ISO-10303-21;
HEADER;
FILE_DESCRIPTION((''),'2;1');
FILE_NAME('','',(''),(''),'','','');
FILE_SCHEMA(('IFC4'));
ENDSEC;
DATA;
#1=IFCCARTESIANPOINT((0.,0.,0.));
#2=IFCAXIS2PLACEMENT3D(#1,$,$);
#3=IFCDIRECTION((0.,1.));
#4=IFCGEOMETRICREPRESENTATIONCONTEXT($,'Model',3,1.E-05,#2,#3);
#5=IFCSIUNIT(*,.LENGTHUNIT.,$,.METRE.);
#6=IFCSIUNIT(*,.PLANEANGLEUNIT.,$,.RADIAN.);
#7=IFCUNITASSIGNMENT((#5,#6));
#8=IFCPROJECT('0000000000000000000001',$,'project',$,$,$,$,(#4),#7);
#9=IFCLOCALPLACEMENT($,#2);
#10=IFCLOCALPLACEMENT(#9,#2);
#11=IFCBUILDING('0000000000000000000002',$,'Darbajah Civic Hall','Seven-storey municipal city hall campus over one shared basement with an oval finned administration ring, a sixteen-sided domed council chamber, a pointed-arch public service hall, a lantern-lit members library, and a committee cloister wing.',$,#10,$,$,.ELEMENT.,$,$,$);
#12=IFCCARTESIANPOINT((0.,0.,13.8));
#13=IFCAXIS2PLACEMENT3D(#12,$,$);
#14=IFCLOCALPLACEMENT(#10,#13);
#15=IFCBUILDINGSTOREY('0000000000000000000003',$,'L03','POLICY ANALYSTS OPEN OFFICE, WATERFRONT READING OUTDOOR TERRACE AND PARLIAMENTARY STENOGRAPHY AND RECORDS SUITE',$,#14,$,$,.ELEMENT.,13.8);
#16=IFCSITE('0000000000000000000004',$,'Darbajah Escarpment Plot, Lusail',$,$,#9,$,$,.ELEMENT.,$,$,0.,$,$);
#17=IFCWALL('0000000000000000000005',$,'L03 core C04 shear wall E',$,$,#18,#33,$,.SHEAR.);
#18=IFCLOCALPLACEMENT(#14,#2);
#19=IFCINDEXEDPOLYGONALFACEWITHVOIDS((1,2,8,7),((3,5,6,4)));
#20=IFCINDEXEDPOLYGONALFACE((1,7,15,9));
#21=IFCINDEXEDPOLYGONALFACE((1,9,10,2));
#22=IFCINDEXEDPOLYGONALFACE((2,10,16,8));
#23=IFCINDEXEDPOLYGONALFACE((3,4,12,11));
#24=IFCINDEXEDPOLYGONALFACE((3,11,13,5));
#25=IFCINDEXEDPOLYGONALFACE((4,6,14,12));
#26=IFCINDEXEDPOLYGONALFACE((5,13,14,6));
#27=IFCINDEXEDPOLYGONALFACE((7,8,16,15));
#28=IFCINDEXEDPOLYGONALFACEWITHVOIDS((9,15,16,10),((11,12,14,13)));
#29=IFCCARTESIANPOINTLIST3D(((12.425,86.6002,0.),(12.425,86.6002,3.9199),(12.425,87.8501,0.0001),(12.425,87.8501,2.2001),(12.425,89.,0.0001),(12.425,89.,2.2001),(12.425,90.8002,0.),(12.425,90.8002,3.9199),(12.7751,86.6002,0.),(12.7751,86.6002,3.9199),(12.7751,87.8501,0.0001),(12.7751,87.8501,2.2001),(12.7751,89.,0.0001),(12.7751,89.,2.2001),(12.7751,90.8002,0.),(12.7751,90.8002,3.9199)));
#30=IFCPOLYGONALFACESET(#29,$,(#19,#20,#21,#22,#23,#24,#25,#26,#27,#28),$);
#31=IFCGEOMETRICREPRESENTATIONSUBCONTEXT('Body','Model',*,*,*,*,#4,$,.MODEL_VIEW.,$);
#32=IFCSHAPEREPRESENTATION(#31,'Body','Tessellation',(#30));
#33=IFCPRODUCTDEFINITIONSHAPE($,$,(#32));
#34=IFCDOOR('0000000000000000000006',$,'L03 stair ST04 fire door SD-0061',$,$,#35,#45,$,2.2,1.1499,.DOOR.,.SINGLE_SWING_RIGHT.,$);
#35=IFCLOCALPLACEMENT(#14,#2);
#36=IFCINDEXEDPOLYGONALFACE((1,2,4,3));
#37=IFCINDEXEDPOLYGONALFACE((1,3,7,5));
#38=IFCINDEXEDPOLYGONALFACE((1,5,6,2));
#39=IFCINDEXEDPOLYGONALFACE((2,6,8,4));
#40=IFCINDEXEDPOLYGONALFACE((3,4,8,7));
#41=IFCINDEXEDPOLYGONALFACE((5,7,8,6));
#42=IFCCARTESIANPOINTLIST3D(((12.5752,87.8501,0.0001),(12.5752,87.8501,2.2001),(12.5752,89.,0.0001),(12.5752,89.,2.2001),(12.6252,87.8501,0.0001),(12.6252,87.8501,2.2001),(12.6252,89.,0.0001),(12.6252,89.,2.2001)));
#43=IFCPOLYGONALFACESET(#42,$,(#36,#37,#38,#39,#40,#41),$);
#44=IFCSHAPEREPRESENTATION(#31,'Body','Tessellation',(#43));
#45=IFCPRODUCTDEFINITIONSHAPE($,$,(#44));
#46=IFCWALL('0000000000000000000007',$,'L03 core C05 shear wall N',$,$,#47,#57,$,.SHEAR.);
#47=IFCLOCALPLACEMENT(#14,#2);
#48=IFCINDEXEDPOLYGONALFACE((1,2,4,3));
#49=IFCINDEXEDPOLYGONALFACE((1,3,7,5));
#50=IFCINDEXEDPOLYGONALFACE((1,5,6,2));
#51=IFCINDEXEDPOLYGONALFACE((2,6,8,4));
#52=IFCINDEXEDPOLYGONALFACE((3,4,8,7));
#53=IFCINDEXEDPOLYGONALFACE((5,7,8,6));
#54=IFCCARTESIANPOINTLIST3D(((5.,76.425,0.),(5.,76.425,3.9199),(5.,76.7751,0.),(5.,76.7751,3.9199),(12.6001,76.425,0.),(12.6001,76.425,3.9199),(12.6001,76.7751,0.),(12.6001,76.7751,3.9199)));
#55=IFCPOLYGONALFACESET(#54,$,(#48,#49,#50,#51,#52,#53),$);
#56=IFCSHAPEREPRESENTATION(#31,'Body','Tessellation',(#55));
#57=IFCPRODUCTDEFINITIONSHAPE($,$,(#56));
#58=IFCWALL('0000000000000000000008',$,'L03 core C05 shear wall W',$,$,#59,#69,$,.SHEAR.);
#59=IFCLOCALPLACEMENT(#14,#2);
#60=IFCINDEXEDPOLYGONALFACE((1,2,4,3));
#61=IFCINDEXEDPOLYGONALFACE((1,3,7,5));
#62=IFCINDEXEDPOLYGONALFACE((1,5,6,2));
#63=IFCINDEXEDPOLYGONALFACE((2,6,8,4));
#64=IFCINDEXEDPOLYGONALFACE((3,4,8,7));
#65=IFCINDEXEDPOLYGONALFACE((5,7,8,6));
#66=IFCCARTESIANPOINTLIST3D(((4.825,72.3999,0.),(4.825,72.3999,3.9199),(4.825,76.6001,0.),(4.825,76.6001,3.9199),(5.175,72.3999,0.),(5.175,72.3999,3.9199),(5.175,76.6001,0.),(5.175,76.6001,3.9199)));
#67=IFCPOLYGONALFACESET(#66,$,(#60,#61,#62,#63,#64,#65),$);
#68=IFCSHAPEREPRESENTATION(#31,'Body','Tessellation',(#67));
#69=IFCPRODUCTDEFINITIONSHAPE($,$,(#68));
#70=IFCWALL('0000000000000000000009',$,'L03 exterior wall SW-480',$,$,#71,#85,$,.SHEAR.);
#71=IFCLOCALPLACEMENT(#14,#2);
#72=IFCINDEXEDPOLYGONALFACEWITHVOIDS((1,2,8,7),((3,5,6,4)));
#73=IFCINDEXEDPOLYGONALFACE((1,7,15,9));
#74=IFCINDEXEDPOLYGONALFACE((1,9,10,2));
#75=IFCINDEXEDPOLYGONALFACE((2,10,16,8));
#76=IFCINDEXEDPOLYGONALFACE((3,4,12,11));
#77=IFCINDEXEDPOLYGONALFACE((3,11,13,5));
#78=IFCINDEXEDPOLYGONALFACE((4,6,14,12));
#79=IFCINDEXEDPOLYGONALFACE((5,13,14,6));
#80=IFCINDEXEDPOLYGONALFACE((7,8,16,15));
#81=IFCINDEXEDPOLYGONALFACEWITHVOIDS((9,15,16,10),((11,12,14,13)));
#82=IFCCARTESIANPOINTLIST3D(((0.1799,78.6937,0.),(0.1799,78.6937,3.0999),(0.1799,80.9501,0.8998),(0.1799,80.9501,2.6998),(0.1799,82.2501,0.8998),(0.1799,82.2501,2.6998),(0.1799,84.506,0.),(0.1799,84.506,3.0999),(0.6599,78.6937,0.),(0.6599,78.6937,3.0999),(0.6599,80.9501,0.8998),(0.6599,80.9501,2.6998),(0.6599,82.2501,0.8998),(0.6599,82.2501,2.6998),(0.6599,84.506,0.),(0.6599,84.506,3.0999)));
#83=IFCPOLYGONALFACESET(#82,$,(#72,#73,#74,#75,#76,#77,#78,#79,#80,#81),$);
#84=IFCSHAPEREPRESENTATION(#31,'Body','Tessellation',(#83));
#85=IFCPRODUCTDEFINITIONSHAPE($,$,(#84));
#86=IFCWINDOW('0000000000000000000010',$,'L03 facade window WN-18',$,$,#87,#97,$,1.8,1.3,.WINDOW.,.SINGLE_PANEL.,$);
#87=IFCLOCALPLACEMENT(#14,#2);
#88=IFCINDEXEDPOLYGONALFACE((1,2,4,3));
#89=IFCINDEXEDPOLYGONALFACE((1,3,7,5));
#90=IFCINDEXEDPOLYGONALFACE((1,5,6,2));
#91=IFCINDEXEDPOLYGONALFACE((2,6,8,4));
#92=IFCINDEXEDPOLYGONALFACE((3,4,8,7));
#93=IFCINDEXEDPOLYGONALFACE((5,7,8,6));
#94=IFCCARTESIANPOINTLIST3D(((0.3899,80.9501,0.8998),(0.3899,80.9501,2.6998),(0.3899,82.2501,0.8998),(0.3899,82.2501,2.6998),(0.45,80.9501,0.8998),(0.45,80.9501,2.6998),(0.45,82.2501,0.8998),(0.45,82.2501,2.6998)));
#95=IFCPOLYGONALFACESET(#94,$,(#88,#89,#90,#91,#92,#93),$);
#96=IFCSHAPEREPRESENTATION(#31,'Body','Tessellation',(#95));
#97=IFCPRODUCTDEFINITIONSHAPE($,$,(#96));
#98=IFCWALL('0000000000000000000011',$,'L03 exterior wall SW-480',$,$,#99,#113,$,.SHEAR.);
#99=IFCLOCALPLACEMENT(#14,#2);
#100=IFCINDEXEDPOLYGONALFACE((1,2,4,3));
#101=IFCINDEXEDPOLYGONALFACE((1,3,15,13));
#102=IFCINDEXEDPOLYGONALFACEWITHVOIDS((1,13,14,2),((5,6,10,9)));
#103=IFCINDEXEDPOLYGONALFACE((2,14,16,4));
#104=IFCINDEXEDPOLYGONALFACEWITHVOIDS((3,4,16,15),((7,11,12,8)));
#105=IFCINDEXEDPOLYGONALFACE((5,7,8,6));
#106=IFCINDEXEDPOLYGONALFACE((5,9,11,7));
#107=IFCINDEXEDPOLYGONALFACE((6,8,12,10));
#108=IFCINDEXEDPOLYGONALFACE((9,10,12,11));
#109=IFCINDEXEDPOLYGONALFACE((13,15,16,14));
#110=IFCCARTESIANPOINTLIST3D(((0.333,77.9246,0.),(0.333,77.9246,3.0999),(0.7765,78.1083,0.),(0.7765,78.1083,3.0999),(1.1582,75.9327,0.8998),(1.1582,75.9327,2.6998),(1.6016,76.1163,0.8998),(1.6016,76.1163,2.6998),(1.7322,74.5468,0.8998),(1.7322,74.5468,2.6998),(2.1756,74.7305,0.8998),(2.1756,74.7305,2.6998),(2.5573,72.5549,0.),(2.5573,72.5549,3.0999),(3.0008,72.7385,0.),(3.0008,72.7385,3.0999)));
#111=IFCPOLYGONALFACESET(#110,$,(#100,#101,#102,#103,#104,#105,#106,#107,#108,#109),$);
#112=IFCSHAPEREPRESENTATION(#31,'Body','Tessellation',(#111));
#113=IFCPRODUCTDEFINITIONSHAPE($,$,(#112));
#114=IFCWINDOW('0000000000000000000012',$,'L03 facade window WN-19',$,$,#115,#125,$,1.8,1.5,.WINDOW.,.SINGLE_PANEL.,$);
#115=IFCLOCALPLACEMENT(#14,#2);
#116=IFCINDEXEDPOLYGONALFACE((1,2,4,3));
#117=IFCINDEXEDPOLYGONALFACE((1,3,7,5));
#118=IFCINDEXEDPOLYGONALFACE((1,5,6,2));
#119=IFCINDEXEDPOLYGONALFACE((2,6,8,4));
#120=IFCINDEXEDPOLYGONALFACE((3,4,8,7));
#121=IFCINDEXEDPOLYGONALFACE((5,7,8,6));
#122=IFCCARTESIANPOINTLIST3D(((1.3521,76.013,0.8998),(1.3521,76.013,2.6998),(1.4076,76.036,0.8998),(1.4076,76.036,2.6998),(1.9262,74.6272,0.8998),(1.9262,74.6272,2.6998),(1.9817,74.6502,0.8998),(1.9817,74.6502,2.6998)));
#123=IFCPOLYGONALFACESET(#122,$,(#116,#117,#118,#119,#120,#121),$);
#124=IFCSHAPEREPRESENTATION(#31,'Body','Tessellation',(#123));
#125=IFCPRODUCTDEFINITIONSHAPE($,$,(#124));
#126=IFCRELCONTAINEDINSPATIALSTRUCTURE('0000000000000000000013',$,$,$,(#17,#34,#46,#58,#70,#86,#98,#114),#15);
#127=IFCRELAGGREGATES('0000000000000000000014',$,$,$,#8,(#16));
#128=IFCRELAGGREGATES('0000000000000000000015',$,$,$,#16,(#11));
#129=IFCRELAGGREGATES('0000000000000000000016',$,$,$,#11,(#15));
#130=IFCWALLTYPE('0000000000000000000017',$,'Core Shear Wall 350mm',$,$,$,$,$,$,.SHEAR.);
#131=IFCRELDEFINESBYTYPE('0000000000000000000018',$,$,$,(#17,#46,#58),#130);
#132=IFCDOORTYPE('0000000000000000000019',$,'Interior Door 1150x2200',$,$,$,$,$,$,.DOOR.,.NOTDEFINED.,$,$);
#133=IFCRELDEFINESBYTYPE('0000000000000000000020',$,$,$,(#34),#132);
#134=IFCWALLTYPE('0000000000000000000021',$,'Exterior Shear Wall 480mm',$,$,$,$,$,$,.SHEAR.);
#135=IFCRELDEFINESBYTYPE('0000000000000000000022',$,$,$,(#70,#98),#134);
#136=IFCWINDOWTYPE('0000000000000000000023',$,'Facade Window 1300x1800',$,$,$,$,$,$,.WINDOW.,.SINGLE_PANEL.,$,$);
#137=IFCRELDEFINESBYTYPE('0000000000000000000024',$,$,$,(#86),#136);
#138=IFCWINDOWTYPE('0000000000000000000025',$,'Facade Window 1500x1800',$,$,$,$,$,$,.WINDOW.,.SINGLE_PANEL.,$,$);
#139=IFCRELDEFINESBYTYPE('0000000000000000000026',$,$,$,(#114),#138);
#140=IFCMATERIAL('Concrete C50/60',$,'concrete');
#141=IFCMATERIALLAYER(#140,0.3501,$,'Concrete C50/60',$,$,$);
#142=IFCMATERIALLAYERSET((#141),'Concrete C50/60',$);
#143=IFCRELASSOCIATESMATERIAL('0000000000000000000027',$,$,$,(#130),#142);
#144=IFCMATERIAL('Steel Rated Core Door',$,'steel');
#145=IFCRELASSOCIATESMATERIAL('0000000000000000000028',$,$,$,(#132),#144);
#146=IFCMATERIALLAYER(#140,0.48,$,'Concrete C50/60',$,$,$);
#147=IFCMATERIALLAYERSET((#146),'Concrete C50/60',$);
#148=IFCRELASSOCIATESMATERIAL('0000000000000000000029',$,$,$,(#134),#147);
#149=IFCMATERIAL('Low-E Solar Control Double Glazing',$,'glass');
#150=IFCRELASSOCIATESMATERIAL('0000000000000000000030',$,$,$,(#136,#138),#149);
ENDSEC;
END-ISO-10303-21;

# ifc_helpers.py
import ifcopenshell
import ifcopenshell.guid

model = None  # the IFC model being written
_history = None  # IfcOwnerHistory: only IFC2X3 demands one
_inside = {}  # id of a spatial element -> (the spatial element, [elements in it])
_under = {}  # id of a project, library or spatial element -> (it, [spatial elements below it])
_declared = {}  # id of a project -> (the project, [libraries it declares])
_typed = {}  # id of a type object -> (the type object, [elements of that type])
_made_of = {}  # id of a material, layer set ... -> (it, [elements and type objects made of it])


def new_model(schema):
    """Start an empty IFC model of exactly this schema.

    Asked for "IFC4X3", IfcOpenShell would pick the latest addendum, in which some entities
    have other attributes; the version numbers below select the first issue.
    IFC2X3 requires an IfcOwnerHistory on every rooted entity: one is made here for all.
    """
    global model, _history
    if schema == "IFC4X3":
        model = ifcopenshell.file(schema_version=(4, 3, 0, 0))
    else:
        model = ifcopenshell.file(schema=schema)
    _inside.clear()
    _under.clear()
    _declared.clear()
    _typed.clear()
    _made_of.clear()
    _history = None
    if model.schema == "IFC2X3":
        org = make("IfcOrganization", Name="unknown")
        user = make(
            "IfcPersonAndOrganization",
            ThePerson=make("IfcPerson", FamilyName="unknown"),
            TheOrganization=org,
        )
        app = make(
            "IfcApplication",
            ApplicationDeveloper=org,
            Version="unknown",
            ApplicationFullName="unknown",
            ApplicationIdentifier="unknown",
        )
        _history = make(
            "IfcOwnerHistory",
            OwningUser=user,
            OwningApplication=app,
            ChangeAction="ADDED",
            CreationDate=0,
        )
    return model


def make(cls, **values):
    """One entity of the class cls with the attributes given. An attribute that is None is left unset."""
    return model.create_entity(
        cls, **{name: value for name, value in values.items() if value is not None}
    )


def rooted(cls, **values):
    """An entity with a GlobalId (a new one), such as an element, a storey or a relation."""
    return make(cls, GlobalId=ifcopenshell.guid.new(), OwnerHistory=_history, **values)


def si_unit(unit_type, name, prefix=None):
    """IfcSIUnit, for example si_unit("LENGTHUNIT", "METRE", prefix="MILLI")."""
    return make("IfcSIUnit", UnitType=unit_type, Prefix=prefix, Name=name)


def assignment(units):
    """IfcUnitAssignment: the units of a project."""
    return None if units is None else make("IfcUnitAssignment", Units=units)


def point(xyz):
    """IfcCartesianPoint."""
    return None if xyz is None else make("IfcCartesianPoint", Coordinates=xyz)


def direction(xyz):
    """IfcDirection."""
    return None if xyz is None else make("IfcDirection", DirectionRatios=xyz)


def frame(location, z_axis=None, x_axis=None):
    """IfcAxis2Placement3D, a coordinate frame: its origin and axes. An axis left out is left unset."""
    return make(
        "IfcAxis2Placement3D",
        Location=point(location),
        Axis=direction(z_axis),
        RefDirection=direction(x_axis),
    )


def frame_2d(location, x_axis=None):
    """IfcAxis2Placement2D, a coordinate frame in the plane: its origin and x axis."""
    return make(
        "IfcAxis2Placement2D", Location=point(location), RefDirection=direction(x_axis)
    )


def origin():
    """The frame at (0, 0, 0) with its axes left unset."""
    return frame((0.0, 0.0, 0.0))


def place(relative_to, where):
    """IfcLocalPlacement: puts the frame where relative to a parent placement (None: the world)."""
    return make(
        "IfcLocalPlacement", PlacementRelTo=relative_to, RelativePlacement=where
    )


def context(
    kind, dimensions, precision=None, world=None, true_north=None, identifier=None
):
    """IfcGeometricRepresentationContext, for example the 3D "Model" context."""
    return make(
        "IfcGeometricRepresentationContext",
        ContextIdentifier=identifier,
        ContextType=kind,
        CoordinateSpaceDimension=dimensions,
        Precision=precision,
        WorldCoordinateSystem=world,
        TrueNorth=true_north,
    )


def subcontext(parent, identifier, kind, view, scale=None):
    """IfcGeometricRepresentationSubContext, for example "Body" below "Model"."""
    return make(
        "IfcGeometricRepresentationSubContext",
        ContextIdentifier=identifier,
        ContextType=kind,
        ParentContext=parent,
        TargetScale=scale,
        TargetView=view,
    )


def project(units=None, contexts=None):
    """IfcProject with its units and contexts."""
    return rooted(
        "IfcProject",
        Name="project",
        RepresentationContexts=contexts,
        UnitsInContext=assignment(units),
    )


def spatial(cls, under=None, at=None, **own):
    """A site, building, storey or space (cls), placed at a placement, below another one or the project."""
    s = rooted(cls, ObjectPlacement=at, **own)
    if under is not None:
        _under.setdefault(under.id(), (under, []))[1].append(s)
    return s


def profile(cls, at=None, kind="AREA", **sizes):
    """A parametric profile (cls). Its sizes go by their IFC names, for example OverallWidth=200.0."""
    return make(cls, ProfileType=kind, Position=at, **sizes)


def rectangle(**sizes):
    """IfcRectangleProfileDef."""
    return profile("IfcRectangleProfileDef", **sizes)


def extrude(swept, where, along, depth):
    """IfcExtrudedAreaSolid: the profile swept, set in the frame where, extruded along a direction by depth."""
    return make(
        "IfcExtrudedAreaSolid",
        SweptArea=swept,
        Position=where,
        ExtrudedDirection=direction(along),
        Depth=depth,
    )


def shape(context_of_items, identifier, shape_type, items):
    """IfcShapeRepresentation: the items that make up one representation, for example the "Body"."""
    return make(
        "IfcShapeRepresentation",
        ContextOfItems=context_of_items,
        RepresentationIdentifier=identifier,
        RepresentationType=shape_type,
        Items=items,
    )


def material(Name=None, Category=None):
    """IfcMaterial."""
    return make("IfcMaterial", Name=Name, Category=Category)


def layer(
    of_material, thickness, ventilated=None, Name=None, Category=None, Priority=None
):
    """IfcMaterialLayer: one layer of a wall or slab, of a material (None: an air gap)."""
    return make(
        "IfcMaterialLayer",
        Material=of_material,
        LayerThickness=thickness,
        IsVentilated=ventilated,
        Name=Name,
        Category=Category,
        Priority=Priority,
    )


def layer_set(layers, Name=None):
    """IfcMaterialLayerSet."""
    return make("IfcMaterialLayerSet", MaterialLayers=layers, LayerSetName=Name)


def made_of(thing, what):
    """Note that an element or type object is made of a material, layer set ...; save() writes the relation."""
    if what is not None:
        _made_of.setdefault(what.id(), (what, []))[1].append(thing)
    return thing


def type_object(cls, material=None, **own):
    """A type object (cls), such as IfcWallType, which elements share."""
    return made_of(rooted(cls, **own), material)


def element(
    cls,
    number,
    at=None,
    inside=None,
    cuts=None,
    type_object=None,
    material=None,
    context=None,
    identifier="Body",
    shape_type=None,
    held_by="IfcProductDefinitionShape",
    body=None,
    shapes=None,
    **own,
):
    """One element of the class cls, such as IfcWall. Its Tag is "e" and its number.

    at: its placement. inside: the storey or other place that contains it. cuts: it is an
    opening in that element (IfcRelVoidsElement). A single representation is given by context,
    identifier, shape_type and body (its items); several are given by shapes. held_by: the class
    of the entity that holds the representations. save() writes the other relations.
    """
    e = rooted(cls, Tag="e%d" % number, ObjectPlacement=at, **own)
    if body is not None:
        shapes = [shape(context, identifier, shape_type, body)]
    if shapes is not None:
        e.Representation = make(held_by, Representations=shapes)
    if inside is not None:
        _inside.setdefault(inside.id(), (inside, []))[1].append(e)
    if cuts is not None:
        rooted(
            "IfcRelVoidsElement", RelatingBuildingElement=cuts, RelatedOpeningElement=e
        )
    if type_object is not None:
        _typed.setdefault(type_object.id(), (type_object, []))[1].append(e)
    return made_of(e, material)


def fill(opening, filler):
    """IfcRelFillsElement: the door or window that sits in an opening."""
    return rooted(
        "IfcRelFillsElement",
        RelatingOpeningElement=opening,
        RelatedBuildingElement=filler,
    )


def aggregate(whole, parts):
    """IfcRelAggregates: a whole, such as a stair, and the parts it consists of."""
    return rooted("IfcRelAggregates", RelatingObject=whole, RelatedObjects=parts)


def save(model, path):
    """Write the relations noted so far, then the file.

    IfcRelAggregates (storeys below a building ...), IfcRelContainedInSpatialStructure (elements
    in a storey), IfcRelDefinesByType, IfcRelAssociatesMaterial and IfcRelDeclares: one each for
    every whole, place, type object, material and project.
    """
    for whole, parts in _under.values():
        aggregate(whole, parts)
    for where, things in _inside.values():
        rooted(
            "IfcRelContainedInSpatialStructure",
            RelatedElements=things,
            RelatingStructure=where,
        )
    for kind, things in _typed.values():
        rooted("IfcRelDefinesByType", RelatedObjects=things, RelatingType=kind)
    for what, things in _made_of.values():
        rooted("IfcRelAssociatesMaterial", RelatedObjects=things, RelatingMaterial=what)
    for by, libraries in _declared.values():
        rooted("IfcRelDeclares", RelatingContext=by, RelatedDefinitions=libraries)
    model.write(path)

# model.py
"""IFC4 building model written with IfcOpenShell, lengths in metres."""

from ifc_helpers import new_model, si_unit, direction, frame, frame_2d, origin, place, context, subcontext, project, spatial, rectangle, extrude, material, layer, layer_set, type_object, element, fill, save


model = new_model("IFC4")

# Units and contexts
model_context = context("Model", 3, precision=1e-05, world=origin(), true_north=direction((0.0, 1.0)))
body_context = subcontext(model_context, "Body", "Model", "MODEL_VIEW")
ifc_project = project(units=[si_unit("LENGTHUNIT", "METRE"), si_unit("PLANEANGLEUNIT", "RADIAN")], contexts=[model_context])

# Site, building, storey
site_placement = place(None, origin())
site = spatial("IfcSite", under=ifc_project, at=site_placement, Name="Darbajah Escarpment Plot, Lusail", CompositionType="ELEMENT", RefElevation=0.0)
building_placement = place(site_placement, origin())
building = spatial("IfcBuilding", under=site, at=building_placement, Name="Darbajah Civic Hall", Description="Seven-storey municipal city hall campus over one shared basement with an oval finned administration ring, a sixteen-sided domed council chamber, a pointed-arch public service hall, a lantern-lit members library, and a committee cloister wing.", CompositionType="ELEMENT")
storey_placement = place(building_placement, frame((0.0, 0.0, 13.8)))
storey = spatial("IfcBuildingStorey", under=building, at=storey_placement, Name="L03", Description="POLICY ANALYSTS OPEN OFFICE, WATERFRONT READING OUTDOOR TERRACE AND PARLIAMENTARY STENOGRAPHY AND RECORDS SUITE", CompositionType="ELEMENT", Elevation=13.8)

# Shared definitions
ifc_material_1 = material(Name="Concrete C50/60", Category="concrete")

# Shared definitions
ifc_layer_1 = layer(ifc_material_1, 0.3501, Name="Concrete C50/60")
ifc_layer_set_1 = layer_set([ifc_layer_1], Name="Concrete C50/60")
wall_type_1 = type_object("IfcWallType", Name="Core Shear Wall 350mm", PredefinedType="SHEAR", material=ifc_layer_set_1)

# Wall, opening, door
wall_1_placement = place(storey_placement, frame((12.6001, 86.6001, 0.0), z_axis=(0.0, 0.0, 1.0), x_axis=(0.0, 1.0, 0.0)))
wall_1 = element("IfcWall", 1, at=wall_1_placement, inside=storey, type_object=wall_type_1, Name="L03 core C04 shear wall E", PredefinedType="SHEAR", context=body_context, shape_type="SweptSolid", body=[
    extrude(rectangle(XDim=4.2, YDim=0.3501, at=frame_2d((2.1001, 0.0))), origin(), (0.0, 0.0, 1.0), 3.9199),
])
opening_1_placement = place(wall_1_placement, frame((1.25, 0.0, 0.0)))
opening_1 = element("IfcOpeningElement", 2, at=opening_1_placement, cuts=wall_1, PredefinedType="OPENING", context=body_context, shape_type="SweptSolid", body=[
    extrude(rectangle(XDim=1.1499, YDim=2.2, at=frame_2d((0.575, 1.1001))), frame((0.0, 0.1851, 0.0), z_axis=(0.0, -1.0, 0.0), x_axis=(1.0, 0.0, 0.0)), (0.0, 0.0, 1.0), 0.3701),
])
ifc_material_2 = material(Name="Steel Rated Core Door", Category="steel")
door_type = type_object("IfcDoorType", Name="Interior Door 1150x2200", OperationType="NOTDEFINED", PredefinedType="DOOR", material=ifc_material_2)
door_placement = place(opening_1_placement, origin())
door = element("IfcDoor", 3, at=door_placement, inside=storey, type_object=door_type, Name="L03 stair ST04 fire door SD-0061", OperationType="SINGLE_SWING_RIGHT", OverallHeight=2.2, OverallWidth=1.1499, PredefinedType="DOOR", context=body_context, shape_type="SweptSolid", body=[
    extrude(rectangle(XDim=1.1499, YDim=2.2, at=frame_2d((0.575, 1.1001))), frame((0.0, 0.0249, 0.0), z_axis=(0.0, -1.0, 0.0), x_axis=(1.0, 0.0, 0.0)), (0.0, 0.0, 1.0), 0.05),
])
fill(opening_1, door)

# Walls
wall_2_placement = place(storey_placement, frame((12.6001, 76.6001, 0.0), z_axis=(0.0, 0.0, 1.0), x_axis=(-1.0, 0.0, 0.0)))
element("IfcWall", 4, at=wall_2_placement, inside=storey, type_object=wall_type_1, Name="L03 core C05 shear wall N", PredefinedType="SHEAR", context=body_context, shape_type="SweptSolid", body=[
    extrude(rectangle(XDim=7.6001, YDim=0.3501, at=frame_2d((3.8, 0.0))), origin(), (0.0, 0.0, 1.0), 3.9199),
])
wall_3_placement = place(storey_placement, frame((5.0, 76.6001, 0.0), z_axis=(0.0, 0.0, 1.0), x_axis=(0.0, -1.0, 0.0)))
element("IfcWall", 5, at=wall_3_placement, inside=storey, type_object=wall_type_1, Name="L03 core C05 shear wall W", PredefinedType="SHEAR", context=body_context, shape_type="SweptSolid", body=[
    extrude(rectangle(XDim=4.2002, YDim=0.3501, at=frame_2d((2.1001, 0.0))), origin(), (0.0, 0.0, 1.0), 3.9199),
])

# Walls, openings, windows
ifc_layer_2 = layer(ifc_material_1, 0.48, Name="Concrete C50/60")
ifc_layer_set_2 = layer_set([ifc_layer_2], Name="Concrete C50/60")
wall_type_2 = type_object("IfcWallType", Name="Exterior Shear Wall 480mm", PredefinedType="SHEAR", material=ifc_layer_set_2)
wall_4_placement = place(storey_placement, frame((0.4199, 84.5061, 0.0), z_axis=(0.0, 0.0, 1.0), x_axis=(0.0, -1.0, 0.0)))
wall_4 = element("IfcWall", 6, at=wall_4_placement, inside=storey, type_object=wall_type_2, Name="L03 exterior wall SW-480", PredefinedType="SHEAR", context=body_context, shape_type="SweptSolid", body=[
    extrude(rectangle(XDim=5.8123, YDim=0.48, at=frame_2d((2.9062, 0.0))), origin(), (0.0, 0.0, 1.0), 3.0999),
])
opening_2_placement = place(wall_4_placement, frame((2.2561, 0.0, 0.8999)))
opening_2 = element("IfcOpeningElement", 7, at=opening_2_placement, cuts=wall_4, PredefinedType="OPENING", context=body_context, shape_type="SweptSolid", body=[
    extrude(rectangle(XDim=1.3, YDim=1.8, at=frame_2d((0.6499, 0.8999))), frame((0.0, 0.25, 0.0), z_axis=(0.0, -1.0, 0.0), x_axis=(1.0, 0.0, 0.0)), (0.0, 0.0, 1.0), 0.5),
])
ifc_material_3 = material(Name="Low-E Solar Control Double Glazing", Category="glass")
window_type_1 = type_object("IfcWindowType", Name="Facade Window 1300x1800", PartitioningType="SINGLE_PANEL", PredefinedType="WINDOW", material=ifc_material_3)
window_1_placement = place(opening_2_placement, origin())
window_1 = element("IfcWindow", 8, at=window_1_placement, inside=storey, type_object=window_type_1, Name="L03 facade window WN-18", OverallHeight=1.8, OverallWidth=1.3, PartitioningType="SINGLE_PANEL", PredefinedType="WINDOW", context=body_context, shape_type="SweptSolid", body=[
    extrude(rectangle(XDim=1.3, YDim=1.8, at=frame_2d((0.6499, 0.8999))), frame((0.0, 0.03, 0.0), z_axis=(0.0, -1.0, 0.0), x_axis=(1.0, 0.0, 0.0)), (0.0, 0.0, 1.0), 0.0601),
])
fill(opening_2, window_1)
wall_5_placement = place(storey_placement, frame((0.5547, 78.0166, 0.0), z_axis=(0.0, 0.0, 1.0), x_axis=(0.382697, -0.923874, 0.0)))
wall_5 = element("IfcWall", 9, at=wall_5_placement, inside=storey, type_object=wall_type_2, Name="L03 exterior wall SW-480", PredefinedType="SHEAR", context=body_context, shape_type="SweptSolid", body=[
    extrude(rectangle(XDim=5.8123, YDim=0.48, at=frame_2d((2.9062, 0.0))), origin(), (0.0, 0.0, 1.0), 3.0999),
])
opening_3_placement = place(wall_5_placement, frame((2.1562, 0.0, 0.8999)))
opening_3 = element("IfcOpeningElement", 10, at=opening_3_placement, cuts=wall_5, PredefinedType="OPENING", context=body_context, shape_type="SweptSolid", body=[
    extrude(rectangle(XDim=1.5, YDim=1.8, at=frame_2d((0.75, 0.8999))), frame((0.0, 0.25, 0.0), z_axis=(0.0, -1.0, 0.0), x_axis=(1.0, 0.0, 0.0)), (0.0, 0.0, 1.0), 0.5),
])
window_type_2 = type_object("IfcWindowType", Name="Facade Window 1500x1800", PartitioningType="SINGLE_PANEL", PredefinedType="WINDOW", material=ifc_material_3)
window_2_placement = place(opening_3_placement, origin())
window_2 = element("IfcWindow", 11, at=window_2_placement, inside=storey, type_object=window_type_2, Name="L03 facade window WN-19", OverallHeight=1.8, OverallWidth=1.5, PartitioningType="SINGLE_PANEL", PredefinedType="WINDOW", context=body_context, shape_type="SweptSolid", body=[
    extrude(rectangle(XDim=1.5, YDim=1.8, at=frame_2d((0.75, 0.8999))), frame((0.0, 0.03, 0.0), z_axis=(0.0, -1.0, 0.0), x_axis=(1.0, 0.0, 0.0)), (0.0, 0.0, 1.0), 0.0601),
])
fill(opening_3, window_2)

save(model, "model.ifc")
